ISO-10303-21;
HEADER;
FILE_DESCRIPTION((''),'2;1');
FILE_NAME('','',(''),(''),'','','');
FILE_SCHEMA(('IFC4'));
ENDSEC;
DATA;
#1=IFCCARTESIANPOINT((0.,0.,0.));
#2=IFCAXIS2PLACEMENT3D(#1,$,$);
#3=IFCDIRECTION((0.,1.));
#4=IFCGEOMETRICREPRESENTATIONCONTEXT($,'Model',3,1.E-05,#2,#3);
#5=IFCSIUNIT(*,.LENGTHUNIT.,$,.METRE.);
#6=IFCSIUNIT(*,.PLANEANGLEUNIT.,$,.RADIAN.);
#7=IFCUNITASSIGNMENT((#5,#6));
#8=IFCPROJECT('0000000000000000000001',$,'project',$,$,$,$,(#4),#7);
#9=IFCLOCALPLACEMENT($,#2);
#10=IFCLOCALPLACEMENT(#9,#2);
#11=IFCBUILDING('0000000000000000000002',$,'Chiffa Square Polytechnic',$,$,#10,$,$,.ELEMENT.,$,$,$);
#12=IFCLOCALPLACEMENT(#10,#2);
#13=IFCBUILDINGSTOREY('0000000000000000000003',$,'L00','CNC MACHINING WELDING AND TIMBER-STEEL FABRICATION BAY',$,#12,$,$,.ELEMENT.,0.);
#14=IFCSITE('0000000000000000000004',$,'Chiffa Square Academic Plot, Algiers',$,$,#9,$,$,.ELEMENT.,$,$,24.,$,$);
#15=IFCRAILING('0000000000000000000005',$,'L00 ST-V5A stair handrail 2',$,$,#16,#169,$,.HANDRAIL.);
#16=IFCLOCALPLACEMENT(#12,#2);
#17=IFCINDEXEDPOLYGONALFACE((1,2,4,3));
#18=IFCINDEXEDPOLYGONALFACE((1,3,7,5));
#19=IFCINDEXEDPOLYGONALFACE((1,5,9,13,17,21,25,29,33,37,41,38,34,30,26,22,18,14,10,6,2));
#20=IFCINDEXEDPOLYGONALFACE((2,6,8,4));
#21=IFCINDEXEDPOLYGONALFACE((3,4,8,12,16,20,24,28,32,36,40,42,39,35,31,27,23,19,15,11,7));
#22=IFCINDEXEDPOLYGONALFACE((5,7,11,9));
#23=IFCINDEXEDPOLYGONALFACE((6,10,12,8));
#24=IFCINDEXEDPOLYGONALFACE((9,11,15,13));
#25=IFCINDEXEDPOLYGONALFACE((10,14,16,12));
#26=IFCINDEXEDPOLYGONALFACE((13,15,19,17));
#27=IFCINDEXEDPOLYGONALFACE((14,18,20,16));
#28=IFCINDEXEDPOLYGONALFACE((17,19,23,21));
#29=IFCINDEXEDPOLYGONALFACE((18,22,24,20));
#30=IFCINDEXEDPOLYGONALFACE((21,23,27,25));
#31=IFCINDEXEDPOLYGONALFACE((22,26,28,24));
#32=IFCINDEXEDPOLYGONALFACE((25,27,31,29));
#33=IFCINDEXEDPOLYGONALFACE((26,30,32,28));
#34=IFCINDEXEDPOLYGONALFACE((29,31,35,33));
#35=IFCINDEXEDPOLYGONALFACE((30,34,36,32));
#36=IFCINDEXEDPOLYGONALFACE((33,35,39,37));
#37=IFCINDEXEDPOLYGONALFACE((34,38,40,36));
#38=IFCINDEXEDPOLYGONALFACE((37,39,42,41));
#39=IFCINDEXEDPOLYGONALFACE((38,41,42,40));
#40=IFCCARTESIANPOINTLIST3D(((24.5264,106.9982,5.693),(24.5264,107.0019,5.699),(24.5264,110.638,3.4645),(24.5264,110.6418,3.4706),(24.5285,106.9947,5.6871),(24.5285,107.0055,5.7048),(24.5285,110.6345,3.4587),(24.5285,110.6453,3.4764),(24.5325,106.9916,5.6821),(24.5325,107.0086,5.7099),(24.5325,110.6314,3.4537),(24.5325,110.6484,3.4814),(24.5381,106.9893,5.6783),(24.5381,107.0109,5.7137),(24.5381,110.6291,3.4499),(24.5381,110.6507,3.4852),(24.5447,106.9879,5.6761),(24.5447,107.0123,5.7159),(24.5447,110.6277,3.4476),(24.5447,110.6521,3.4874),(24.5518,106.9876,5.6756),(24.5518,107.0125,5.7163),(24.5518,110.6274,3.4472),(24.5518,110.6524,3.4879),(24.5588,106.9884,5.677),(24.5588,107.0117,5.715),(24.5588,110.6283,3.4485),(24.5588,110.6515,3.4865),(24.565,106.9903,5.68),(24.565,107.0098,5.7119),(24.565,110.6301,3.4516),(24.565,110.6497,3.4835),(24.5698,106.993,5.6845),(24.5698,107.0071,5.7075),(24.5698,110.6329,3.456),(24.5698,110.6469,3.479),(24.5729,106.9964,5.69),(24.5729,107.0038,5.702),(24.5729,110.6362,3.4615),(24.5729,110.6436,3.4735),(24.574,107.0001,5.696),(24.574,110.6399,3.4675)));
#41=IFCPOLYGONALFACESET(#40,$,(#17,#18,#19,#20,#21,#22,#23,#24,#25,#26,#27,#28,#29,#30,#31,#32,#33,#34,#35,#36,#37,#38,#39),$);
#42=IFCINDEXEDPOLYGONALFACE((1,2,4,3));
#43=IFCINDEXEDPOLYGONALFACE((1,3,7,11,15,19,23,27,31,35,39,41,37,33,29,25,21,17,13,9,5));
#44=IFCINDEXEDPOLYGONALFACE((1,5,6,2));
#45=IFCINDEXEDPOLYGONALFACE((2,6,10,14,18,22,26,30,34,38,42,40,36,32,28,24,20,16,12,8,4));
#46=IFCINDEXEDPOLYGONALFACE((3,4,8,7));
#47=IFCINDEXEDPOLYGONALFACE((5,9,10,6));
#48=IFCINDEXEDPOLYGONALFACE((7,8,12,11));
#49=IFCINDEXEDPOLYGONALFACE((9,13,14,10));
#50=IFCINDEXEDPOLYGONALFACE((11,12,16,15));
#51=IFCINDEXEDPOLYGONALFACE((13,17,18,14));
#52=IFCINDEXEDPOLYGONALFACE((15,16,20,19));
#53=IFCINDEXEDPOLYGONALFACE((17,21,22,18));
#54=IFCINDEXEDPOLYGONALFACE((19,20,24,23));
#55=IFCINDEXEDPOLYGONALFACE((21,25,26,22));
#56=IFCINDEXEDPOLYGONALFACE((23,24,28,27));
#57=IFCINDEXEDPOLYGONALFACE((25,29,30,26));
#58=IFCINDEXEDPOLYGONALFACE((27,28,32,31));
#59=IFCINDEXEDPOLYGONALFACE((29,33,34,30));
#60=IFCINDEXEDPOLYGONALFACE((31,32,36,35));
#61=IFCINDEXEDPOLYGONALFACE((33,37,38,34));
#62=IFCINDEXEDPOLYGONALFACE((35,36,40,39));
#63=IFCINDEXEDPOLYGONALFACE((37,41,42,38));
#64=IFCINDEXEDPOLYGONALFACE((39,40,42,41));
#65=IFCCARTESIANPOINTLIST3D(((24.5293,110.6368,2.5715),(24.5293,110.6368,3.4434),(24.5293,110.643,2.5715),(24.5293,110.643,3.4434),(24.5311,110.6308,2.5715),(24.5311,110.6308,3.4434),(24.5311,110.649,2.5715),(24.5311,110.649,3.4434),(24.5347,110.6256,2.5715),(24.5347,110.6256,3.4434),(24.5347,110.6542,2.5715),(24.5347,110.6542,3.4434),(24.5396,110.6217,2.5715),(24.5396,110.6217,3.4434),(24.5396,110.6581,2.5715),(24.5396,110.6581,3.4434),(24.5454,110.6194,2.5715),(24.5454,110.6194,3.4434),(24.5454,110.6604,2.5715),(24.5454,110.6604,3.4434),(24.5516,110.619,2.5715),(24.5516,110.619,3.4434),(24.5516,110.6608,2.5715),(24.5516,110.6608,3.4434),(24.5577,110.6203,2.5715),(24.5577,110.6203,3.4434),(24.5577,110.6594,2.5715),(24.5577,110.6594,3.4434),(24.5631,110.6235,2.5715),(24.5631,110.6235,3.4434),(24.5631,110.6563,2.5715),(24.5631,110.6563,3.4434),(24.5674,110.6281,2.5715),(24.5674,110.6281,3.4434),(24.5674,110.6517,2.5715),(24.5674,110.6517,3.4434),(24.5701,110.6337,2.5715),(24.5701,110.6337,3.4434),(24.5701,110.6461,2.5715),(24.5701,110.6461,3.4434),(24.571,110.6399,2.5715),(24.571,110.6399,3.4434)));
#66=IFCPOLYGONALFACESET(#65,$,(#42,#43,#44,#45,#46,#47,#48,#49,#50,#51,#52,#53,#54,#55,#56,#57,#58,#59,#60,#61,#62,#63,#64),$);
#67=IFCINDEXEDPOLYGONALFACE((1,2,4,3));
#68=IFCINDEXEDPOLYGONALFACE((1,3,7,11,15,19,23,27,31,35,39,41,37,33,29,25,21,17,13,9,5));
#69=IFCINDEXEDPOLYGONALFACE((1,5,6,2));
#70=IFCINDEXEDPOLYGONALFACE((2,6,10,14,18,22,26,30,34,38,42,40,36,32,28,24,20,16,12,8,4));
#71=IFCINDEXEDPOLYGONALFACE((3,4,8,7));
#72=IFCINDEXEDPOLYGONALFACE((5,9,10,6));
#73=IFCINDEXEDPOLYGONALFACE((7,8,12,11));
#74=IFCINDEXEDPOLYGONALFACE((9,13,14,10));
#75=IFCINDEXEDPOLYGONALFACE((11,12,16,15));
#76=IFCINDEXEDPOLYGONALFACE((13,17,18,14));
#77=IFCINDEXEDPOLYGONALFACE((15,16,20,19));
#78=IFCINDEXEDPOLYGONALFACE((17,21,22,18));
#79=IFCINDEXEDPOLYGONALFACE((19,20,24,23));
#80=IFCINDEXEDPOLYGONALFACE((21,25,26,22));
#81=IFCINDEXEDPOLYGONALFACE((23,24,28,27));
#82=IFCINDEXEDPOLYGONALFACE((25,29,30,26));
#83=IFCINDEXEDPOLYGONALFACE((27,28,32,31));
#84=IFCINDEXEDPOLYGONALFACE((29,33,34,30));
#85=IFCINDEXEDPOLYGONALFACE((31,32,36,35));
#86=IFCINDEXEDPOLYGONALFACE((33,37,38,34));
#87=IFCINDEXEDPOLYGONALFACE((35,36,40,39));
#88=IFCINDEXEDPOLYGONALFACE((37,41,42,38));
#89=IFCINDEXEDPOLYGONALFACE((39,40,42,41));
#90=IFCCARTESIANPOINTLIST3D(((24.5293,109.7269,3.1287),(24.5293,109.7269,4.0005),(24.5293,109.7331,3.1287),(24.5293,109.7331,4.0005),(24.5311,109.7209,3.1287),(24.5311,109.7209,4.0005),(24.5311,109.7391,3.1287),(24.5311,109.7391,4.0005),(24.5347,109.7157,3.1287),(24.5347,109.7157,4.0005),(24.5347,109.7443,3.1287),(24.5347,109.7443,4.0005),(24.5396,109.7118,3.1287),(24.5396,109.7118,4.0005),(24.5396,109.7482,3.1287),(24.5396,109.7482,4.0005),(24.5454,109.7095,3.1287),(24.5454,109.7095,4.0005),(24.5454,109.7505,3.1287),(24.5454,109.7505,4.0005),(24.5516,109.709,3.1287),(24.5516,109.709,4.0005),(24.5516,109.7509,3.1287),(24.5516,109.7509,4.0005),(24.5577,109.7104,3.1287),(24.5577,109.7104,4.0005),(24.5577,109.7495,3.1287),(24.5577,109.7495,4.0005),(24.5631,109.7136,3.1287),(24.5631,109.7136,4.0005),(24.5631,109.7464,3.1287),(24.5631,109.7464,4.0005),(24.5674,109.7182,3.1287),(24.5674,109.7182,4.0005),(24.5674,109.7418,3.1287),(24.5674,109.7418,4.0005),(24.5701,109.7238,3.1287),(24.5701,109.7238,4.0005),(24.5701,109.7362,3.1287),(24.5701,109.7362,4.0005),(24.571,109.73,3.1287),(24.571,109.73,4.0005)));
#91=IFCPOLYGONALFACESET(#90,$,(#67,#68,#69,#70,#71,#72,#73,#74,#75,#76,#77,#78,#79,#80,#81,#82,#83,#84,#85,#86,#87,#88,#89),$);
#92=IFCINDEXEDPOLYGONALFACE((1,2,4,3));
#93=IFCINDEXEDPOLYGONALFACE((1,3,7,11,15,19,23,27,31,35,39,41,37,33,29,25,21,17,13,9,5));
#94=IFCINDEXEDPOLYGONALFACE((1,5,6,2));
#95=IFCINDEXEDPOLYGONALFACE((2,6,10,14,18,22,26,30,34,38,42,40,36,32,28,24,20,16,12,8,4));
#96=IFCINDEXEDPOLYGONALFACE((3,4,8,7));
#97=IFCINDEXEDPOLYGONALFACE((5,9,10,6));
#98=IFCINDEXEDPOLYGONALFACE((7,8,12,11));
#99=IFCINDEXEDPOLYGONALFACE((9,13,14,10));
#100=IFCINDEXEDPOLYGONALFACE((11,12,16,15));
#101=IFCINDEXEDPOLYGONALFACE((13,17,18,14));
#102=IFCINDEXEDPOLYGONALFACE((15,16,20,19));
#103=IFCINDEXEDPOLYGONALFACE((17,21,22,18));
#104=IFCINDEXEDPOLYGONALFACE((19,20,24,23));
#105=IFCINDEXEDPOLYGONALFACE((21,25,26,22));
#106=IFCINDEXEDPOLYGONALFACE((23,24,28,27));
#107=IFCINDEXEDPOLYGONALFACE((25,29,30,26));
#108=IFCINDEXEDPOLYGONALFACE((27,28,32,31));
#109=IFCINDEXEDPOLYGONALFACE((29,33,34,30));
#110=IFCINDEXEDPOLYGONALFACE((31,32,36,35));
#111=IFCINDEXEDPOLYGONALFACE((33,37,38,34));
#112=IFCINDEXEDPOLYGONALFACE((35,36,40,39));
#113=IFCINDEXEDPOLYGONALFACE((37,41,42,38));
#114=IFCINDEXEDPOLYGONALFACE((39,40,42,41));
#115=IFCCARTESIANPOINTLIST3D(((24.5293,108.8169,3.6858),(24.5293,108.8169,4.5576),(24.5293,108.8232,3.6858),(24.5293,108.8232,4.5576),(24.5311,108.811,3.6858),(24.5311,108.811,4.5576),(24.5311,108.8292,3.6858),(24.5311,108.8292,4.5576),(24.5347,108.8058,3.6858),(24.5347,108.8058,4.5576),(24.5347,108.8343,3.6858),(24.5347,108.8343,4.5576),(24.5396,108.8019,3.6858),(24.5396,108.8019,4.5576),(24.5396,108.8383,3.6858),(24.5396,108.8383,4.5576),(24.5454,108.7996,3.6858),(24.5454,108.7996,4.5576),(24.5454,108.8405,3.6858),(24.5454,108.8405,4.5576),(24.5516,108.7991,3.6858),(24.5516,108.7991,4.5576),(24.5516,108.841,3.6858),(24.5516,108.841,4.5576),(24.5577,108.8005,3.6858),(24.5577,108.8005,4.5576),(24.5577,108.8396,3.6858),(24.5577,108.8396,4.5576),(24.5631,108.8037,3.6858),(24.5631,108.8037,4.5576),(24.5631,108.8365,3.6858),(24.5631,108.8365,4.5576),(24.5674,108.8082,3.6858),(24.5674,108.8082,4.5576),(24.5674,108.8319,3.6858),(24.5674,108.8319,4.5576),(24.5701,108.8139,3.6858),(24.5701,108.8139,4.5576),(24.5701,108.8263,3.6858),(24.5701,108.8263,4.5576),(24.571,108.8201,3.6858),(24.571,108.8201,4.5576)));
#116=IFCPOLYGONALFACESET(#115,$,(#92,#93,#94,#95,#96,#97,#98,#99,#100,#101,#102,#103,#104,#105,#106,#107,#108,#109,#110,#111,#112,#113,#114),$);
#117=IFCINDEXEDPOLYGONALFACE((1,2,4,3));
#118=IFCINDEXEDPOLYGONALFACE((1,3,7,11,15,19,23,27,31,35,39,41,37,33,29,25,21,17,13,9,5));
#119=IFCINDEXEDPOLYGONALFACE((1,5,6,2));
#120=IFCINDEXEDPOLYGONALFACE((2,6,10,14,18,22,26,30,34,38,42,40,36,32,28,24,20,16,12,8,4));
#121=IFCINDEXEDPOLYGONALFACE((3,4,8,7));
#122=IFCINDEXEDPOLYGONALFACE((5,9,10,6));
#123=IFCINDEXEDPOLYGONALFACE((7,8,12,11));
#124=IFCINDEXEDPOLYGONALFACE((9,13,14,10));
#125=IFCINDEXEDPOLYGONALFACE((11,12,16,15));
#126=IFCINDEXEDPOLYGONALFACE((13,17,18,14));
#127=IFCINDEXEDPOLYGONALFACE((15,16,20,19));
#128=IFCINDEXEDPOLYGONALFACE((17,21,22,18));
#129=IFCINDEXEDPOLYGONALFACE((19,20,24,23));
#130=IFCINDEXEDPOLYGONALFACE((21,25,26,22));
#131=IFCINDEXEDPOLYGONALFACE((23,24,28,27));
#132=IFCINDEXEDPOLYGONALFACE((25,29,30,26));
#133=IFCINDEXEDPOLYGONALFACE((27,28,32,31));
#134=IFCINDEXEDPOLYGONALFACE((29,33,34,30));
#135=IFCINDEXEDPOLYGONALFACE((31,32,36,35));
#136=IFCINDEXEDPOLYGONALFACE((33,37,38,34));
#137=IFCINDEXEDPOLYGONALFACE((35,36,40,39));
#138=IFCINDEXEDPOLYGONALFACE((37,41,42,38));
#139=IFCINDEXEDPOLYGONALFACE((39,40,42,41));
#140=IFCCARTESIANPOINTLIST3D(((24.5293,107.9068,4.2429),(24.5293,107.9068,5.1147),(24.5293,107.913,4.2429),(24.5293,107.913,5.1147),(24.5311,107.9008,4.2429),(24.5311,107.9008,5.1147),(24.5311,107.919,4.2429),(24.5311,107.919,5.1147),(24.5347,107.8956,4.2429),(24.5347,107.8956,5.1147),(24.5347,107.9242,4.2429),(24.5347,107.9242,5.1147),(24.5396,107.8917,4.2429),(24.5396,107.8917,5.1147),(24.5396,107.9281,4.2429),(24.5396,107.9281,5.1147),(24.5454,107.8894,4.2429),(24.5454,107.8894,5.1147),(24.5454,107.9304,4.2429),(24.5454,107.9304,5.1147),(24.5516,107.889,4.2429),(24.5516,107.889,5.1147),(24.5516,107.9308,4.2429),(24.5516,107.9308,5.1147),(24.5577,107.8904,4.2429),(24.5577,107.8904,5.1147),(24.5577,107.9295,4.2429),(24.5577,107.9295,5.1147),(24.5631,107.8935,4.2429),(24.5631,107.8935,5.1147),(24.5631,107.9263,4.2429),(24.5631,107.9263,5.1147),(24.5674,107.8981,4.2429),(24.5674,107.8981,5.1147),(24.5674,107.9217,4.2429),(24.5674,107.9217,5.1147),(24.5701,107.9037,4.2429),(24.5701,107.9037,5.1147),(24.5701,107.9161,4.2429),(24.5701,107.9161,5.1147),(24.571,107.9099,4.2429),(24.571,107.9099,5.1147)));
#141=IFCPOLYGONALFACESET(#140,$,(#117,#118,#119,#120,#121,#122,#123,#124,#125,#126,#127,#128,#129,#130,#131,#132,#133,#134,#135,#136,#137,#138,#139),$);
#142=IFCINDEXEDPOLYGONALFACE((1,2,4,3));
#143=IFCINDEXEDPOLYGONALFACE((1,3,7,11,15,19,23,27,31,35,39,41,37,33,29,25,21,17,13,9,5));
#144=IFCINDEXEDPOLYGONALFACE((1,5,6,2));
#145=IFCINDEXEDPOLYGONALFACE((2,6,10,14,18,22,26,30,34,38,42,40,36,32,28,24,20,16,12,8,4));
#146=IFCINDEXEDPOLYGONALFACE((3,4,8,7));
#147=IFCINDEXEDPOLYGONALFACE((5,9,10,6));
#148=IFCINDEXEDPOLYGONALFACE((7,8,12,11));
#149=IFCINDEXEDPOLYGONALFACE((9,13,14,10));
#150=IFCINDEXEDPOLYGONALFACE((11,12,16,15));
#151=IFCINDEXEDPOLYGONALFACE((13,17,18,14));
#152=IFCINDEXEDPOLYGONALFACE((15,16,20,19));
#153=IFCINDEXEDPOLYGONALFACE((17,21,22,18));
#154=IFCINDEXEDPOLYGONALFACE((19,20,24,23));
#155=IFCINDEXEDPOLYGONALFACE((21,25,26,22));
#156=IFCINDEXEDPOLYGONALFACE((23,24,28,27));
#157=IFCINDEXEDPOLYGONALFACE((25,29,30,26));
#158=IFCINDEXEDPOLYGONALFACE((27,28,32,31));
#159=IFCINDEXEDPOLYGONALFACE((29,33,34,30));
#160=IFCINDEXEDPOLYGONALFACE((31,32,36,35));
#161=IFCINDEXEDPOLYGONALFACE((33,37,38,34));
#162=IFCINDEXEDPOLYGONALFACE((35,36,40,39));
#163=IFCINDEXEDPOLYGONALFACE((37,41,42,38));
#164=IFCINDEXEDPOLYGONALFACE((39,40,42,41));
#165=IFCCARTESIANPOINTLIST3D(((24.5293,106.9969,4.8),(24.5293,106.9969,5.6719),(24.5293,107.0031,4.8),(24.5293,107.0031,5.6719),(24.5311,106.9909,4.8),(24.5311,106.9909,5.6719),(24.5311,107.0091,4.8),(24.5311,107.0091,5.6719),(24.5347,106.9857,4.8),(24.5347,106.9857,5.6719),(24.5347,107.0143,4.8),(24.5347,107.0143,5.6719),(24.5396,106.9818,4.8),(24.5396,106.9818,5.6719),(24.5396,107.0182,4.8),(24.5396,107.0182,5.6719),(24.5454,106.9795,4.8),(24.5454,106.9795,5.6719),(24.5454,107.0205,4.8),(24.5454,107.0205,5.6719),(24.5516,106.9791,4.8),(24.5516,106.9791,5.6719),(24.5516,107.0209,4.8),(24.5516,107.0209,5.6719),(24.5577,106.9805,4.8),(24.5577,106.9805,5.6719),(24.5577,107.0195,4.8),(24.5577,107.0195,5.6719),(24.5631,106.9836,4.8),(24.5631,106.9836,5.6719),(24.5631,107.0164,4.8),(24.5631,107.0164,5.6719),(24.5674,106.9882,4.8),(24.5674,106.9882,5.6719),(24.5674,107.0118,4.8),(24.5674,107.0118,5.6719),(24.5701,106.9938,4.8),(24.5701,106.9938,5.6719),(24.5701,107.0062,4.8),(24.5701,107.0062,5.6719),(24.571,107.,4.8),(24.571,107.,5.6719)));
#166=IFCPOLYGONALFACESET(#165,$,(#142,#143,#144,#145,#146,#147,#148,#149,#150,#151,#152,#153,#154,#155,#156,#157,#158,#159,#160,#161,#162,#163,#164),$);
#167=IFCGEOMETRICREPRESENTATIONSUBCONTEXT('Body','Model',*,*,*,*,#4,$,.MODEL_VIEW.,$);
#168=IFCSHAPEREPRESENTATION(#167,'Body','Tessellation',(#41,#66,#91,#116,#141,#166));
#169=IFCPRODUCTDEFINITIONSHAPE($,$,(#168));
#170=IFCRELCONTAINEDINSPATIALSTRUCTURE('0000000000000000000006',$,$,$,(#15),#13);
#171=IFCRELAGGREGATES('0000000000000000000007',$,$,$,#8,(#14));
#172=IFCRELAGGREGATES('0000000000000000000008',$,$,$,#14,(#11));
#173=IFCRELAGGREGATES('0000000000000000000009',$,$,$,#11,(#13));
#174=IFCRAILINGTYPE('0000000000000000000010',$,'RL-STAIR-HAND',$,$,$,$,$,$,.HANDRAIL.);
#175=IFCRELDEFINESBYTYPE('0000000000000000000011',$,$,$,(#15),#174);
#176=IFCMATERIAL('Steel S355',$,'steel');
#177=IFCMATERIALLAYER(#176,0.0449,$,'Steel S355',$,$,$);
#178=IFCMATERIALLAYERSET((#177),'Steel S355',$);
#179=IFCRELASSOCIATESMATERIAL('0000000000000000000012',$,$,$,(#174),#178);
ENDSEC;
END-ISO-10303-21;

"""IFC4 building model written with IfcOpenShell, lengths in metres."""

from ifc_helpers import new_model, si_unit, direction, frame, origin, origin_2d, place, context, subcontext, project, spatial, circle, extrude, material, layer, layer_set, type_object, element, save


model = new_model("IFC4")

# Units and contexts
model_context = context("Model", 3, precision=1e-05, world=origin(), true_north=direction((0.0, 1.0)))
body_context = subcontext(model_context, "Body", "Model", "MODEL_VIEW")
ifc_project = project(units=[si_unit("LENGTHUNIT", "METRE"), si_unit("PLANEANGLEUNIT", "RADIAN")], contexts=[model_context])

# Site, building, storey
site_placement = place(None, origin())
site = spatial("IfcSite", under=ifc_project, at=site_placement, Name="Chiffa Square Academic Plot, Algiers", CompositionType="ELEMENT", RefElevation=24.0)
building_placement = place(site_placement, origin())
building = spatial("IfcBuilding", under=site, at=building_placement, Name="Chiffa Square Polytechnic", CompositionType="ELEMENT")
storey_placement = place(building_placement, origin())
storey = spatial("IfcBuildingStorey", under=building, at=storey_placement, Name="L00", Description="CNC MACHINING WELDING AND TIMBER-STEEL FABRICATION BAY", CompositionType="ELEMENT", Elevation=0.0)

# Railing
ifc_material_1 = material(Name="Steel S355", Category="steel")
ifc_layer_1 = layer(ifc_material_1, 0.0449, Name="Steel S355")
ifc_layer_set_1 = layer_set([ifc_layer_1], Name="Steel S355")
railing_type_1 = type_object("IfcRailingType", Name="RL-STAIR-HAND", PredefinedType="HANDRAIL", material=ifc_layer_set_1)
railing_1_placement = place(storey_placement, frame((24.55, 110.6399, 2.5715)))
element("IfcRailing", 1, at=railing_1_placement, inside=storey, type_object=railing_type_1, Name="L00 ST-V5A stair handrail 2", PredefinedType="HANDRAIL", context=body_context, shape_type="SweptSolid", body=[
    extrude(circle(Radius=0.0239, at=origin_2d()), frame((0.0, 0.0, 0.896), z_axis=(0.0, -0.85285, 0.522156), x_axis=(1.0, 0.0, 0.0)), (0.0, 0.0, 1.0), 4.2678),
    extrude(circle(Radius=0.021, at=origin_2d()), origin(), (0.0, 0.0, 1.0), 0.8718),
    extrude(circle(Radius=0.021, at=origin_2d()), frame((0.0, -0.9099, 0.5571)), (0.0, 0.0, 1.0), 0.8718),
    extrude(circle(Radius=0.021, at=origin_2d()), frame((0.0, -1.8198, 1.1143)), (0.0, 0.0, 1.0), 0.8718),
    extrude(circle(Radius=0.021, at=origin_2d()), frame((0.0, -2.73, 1.6714)), (0.0, 0.0, 1.0), 0.8718),
    extrude(circle(Radius=0.021, at=origin_2d()), frame((0.0, -3.6399, 2.2285)), (0.0, 0.0, 1.0), 0.8718),
])

save(model, "model.ifc")
